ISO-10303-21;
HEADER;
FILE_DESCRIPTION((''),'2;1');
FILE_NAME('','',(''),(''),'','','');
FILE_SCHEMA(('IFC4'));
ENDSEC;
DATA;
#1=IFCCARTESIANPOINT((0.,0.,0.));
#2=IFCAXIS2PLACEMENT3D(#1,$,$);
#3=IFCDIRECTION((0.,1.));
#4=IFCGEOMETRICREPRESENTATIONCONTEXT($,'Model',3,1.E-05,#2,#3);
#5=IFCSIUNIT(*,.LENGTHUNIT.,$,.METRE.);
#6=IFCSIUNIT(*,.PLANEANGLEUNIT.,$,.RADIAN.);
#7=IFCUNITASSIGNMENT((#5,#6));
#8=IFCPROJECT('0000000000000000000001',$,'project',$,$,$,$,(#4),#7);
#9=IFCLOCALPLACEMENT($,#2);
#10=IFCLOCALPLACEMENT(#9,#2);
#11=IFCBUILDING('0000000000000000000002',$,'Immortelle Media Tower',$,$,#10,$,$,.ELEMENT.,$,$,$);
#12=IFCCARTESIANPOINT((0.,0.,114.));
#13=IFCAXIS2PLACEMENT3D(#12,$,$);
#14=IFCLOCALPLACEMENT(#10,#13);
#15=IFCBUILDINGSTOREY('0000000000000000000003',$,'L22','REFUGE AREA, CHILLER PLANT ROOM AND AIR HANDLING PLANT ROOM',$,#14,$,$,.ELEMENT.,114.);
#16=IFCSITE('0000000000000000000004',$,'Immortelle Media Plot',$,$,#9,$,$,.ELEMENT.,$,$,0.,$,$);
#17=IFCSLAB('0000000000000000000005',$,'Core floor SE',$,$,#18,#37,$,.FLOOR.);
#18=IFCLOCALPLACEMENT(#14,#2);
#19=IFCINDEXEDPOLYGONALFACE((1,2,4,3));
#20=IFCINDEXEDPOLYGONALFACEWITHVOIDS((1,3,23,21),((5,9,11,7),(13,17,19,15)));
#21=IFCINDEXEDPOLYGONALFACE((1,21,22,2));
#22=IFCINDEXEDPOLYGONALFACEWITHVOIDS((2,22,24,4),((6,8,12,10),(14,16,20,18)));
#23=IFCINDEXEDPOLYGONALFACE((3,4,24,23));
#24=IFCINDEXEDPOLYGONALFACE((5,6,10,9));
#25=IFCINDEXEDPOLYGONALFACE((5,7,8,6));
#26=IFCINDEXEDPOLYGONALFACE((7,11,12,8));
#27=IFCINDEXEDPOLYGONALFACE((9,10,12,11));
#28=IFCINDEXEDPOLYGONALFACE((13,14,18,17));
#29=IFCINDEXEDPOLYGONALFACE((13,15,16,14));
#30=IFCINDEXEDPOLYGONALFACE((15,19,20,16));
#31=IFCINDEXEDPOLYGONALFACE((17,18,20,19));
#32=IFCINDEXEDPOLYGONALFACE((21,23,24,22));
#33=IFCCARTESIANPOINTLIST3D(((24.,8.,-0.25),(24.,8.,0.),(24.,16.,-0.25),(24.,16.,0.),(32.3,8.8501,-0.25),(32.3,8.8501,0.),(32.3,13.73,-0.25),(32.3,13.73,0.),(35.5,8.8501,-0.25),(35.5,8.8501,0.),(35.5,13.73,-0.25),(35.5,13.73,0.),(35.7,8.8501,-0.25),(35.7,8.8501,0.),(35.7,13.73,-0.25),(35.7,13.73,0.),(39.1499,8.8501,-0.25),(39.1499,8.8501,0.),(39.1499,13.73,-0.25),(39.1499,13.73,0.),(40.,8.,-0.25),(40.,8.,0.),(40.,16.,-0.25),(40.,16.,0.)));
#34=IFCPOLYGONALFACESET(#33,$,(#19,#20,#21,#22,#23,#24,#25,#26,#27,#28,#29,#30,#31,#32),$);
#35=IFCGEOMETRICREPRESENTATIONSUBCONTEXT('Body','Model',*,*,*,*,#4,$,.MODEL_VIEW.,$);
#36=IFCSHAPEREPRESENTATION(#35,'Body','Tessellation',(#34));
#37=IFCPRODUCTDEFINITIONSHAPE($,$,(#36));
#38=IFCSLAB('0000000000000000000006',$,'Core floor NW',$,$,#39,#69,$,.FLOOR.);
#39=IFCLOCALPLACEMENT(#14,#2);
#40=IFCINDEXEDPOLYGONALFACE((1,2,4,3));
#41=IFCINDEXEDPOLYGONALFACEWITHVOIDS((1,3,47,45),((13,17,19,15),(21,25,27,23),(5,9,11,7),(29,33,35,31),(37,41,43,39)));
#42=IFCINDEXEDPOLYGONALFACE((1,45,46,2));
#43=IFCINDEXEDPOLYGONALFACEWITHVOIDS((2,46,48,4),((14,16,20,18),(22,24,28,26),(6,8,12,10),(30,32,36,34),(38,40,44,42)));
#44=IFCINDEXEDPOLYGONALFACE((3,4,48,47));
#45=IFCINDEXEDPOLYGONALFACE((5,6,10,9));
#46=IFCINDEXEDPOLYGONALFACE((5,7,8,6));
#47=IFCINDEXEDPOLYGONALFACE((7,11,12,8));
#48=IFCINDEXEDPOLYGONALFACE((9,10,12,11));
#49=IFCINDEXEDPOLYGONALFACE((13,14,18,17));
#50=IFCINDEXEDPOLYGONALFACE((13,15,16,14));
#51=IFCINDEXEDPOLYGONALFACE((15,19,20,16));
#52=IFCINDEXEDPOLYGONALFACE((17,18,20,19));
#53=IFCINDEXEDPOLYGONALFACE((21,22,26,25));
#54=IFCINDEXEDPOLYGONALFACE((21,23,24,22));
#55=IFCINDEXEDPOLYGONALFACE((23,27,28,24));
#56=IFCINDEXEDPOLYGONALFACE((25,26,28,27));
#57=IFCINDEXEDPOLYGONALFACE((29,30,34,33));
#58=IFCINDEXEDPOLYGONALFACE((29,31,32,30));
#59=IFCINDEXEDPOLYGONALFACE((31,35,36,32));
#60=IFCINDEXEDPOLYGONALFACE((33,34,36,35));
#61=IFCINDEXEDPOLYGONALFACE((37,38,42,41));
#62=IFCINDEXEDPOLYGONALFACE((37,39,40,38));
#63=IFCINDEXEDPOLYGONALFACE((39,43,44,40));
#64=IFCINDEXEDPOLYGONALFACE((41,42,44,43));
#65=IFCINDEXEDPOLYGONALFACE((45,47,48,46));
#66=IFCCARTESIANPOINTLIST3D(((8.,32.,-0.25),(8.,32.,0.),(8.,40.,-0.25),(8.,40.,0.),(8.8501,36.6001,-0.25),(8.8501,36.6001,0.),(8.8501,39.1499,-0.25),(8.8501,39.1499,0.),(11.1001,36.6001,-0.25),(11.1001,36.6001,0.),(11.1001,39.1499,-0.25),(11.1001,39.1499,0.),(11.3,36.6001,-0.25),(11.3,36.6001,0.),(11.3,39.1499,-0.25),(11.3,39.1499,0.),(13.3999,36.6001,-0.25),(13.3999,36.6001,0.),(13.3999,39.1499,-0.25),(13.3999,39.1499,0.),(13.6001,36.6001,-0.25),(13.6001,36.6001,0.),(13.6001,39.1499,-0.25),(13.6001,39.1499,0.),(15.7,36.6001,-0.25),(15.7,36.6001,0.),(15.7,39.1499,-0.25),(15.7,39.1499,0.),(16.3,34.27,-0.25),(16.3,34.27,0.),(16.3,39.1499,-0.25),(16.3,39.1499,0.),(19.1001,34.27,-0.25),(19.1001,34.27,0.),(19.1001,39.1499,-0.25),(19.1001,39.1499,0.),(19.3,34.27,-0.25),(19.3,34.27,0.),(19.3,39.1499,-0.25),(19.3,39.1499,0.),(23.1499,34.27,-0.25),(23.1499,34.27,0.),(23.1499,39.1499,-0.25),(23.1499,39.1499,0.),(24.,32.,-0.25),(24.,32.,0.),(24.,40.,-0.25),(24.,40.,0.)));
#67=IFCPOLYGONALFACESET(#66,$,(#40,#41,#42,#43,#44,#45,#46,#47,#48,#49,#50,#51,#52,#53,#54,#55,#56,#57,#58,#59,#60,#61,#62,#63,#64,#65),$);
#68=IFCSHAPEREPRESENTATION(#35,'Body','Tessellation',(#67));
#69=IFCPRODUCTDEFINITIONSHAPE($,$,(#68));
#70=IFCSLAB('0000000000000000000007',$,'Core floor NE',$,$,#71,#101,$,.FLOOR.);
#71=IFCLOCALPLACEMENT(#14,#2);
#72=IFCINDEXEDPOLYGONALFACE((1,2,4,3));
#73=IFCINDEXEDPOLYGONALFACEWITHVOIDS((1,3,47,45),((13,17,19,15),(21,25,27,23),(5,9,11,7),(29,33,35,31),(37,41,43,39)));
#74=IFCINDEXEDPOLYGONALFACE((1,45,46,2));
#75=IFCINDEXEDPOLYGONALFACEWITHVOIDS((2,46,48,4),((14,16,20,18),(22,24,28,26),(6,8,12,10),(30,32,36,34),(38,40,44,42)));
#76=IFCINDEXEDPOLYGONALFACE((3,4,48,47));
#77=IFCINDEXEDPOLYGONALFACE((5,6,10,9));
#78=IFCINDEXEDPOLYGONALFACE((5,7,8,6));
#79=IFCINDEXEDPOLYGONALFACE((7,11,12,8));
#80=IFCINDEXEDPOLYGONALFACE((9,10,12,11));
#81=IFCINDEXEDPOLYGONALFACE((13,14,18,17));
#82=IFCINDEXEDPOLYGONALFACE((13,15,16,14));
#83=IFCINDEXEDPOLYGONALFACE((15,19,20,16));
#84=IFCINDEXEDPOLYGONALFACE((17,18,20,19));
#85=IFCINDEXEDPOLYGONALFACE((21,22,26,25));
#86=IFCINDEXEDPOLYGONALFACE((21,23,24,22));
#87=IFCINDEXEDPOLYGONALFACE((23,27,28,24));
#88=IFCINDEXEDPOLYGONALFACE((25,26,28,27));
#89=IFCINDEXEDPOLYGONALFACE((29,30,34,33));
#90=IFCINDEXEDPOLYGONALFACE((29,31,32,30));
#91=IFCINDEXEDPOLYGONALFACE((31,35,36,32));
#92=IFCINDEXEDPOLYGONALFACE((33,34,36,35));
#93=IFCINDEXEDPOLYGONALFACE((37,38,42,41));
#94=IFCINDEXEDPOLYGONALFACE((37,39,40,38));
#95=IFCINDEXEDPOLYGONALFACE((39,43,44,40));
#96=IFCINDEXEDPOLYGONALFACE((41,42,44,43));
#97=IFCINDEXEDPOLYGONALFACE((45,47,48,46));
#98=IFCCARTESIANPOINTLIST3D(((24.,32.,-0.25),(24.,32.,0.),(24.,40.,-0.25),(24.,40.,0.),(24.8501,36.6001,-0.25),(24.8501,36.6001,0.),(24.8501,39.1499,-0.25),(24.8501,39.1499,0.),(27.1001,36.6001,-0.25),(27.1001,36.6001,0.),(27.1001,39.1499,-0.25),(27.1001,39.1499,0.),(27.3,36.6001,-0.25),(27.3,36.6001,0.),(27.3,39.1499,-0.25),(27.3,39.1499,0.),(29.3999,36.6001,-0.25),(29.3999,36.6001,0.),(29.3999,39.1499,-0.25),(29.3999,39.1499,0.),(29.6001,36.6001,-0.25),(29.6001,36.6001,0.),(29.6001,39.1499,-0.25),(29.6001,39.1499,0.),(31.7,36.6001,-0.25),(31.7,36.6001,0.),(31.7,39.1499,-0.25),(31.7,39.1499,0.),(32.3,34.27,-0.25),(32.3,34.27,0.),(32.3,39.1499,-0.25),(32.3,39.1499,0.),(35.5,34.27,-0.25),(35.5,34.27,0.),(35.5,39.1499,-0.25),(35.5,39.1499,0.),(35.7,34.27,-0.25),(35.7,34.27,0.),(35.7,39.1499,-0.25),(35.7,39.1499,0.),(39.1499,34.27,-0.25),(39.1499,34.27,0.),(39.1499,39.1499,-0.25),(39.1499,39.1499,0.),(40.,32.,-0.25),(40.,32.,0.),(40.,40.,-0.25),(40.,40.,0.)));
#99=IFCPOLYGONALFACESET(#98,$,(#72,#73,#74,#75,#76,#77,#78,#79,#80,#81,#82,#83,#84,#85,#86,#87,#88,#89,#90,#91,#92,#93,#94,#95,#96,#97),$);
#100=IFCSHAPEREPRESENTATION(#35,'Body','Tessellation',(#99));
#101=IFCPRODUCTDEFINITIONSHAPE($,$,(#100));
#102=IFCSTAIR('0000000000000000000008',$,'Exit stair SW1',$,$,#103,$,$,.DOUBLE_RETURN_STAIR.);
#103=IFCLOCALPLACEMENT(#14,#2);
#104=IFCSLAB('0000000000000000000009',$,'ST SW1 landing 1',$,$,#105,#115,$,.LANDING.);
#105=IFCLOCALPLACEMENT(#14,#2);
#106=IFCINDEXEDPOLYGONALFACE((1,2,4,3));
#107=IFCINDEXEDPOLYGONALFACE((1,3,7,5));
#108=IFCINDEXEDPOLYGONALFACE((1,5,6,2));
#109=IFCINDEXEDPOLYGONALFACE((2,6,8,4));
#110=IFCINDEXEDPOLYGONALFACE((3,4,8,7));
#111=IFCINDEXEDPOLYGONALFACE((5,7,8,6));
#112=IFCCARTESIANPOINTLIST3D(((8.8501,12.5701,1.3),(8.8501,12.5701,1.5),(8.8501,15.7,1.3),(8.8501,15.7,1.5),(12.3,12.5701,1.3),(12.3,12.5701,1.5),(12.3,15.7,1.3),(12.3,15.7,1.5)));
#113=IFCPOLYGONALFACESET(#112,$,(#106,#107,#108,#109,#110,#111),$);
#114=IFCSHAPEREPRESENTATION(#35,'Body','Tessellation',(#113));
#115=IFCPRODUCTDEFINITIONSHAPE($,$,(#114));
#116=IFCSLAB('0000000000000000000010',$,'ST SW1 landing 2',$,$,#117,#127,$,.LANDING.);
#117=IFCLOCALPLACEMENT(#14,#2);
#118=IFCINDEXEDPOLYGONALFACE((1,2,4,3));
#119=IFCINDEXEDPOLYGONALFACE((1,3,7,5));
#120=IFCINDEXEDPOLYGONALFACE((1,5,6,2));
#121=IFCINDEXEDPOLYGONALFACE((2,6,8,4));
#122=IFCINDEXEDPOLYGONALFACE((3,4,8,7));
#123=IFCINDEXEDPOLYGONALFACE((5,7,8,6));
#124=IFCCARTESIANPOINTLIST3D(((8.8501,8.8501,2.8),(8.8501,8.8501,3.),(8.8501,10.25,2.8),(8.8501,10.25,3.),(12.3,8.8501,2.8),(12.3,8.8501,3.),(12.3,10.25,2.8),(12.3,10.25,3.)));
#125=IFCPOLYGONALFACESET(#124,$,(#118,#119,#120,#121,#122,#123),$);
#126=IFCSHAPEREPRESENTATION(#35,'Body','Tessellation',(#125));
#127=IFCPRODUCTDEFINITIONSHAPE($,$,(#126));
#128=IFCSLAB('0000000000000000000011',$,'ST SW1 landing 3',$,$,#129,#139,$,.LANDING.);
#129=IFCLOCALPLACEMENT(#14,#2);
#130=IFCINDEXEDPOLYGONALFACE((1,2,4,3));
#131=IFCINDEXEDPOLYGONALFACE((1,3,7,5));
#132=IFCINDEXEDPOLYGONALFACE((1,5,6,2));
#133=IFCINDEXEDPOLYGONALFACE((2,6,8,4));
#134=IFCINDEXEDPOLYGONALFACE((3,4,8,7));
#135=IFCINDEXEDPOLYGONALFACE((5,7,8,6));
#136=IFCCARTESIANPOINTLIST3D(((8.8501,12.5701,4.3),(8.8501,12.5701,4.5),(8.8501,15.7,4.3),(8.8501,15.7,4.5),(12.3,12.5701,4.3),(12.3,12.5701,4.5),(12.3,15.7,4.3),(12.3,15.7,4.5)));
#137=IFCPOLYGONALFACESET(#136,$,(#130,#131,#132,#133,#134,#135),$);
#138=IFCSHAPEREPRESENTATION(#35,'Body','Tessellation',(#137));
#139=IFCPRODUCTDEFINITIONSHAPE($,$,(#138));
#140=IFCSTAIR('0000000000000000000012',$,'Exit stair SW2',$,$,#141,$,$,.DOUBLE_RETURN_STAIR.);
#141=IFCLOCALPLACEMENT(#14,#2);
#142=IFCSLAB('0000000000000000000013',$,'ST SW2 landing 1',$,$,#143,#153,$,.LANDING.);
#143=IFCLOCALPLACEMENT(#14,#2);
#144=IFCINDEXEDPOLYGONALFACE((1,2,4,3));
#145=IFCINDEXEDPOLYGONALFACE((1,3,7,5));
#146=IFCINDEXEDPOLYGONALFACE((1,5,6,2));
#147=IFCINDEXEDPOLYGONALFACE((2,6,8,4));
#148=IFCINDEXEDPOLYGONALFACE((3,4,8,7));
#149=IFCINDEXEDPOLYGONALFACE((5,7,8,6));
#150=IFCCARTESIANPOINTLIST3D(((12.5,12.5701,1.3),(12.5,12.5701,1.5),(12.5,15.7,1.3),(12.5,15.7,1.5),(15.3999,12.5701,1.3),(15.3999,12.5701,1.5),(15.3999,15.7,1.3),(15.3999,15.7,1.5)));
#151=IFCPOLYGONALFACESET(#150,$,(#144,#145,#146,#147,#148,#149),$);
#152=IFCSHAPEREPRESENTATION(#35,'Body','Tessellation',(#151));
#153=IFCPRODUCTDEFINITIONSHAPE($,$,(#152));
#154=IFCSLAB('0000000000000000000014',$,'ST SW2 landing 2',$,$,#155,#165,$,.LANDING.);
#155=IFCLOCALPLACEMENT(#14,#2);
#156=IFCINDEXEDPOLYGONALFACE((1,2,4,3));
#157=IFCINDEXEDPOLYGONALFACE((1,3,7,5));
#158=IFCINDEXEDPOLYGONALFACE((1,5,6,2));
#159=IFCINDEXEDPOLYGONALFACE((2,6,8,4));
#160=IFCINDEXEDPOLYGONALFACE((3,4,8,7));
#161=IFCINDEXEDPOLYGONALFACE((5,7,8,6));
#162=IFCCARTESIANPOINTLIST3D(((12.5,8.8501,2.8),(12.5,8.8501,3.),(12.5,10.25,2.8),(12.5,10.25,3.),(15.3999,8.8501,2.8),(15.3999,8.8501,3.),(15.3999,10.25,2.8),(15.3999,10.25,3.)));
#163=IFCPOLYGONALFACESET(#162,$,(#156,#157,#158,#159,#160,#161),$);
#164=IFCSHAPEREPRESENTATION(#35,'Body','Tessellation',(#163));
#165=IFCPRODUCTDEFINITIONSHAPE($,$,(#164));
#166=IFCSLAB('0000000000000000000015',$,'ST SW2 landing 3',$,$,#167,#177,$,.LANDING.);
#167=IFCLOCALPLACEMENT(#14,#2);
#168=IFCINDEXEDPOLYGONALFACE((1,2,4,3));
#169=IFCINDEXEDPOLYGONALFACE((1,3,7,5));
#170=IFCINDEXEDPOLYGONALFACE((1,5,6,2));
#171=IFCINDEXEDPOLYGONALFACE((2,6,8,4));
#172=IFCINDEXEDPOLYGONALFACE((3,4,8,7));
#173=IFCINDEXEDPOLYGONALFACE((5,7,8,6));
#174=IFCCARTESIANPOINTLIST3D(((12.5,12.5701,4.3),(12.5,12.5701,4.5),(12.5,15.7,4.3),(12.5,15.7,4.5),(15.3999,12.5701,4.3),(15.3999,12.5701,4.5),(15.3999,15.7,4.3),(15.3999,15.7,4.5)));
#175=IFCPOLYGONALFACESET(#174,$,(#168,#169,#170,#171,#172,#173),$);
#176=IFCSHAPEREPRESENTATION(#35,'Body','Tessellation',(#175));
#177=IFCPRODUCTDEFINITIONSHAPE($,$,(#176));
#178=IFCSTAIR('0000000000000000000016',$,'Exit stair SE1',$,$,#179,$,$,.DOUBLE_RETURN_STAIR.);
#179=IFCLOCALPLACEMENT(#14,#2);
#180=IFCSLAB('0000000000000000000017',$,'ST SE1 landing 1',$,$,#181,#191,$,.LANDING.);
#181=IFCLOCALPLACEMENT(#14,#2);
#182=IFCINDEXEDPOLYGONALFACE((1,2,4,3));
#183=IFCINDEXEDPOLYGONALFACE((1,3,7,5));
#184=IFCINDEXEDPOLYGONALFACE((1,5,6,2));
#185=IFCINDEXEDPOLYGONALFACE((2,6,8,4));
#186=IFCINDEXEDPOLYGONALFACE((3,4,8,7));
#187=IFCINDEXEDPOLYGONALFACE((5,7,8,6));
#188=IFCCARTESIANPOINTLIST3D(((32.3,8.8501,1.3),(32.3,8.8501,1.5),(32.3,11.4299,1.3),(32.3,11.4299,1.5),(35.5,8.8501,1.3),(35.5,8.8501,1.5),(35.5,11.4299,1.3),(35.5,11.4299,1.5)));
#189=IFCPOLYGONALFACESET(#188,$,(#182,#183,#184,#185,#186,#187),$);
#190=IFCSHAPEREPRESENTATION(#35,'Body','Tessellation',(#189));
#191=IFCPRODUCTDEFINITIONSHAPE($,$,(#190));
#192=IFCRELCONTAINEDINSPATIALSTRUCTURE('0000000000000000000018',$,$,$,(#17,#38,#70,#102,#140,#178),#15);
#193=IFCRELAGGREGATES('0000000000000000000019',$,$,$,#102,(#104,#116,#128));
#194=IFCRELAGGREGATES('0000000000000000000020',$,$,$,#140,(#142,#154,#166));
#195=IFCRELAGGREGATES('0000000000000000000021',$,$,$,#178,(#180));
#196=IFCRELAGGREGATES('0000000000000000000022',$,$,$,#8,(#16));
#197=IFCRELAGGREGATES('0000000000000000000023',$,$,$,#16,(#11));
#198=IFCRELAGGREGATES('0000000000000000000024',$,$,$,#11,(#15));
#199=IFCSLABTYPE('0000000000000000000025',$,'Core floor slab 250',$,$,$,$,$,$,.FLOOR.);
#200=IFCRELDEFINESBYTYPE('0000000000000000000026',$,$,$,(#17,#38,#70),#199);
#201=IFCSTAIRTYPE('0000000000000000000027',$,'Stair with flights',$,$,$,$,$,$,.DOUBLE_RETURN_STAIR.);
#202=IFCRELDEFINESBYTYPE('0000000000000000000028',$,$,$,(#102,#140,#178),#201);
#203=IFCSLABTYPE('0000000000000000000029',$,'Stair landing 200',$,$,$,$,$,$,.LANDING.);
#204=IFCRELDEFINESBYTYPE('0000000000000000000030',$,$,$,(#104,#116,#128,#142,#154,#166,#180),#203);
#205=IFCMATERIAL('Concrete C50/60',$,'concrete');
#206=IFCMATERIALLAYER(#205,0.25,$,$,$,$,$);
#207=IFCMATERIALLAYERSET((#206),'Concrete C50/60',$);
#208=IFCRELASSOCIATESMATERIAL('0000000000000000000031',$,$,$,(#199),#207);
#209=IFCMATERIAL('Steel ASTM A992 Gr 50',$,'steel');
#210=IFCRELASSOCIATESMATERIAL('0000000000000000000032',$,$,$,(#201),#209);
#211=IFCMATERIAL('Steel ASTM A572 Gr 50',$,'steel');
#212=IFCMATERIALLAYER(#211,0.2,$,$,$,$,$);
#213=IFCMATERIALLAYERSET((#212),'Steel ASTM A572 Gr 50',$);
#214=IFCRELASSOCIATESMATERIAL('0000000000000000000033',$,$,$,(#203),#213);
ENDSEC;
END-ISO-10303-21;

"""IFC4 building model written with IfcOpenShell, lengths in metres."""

from ifc_helpers import new_model, si_unit, direction, frame, origin, place, context, subcontext, project, spatial, polyline, outline, extrude, material, layer, layer_set, type_object, element, aggregate, save


model = new_model("IFC4")

# Units and contexts
model_context = context("Model", 3, precision=1e-05, world=origin(), true_north=direction((0.0, 1.0)))
body_context = subcontext(model_context, "Body", "Model", "MODEL_VIEW")
ifc_project = project(units=[si_unit("LENGTHUNIT", "METRE"), si_unit("PLANEANGLEUNIT", "RADIAN")], contexts=[model_context])

# Site, building, storey
site_placement = place(None, origin())
site = spatial("IfcSite", under=ifc_project, at=site_placement, Name="Immortelle Media Plot", CompositionType="ELEMENT", RefElevation=0.0)
building_placement = place(site_placement, origin())
building = spatial("IfcBuilding", under=site, at=building_placement, Name="Immortelle Media Tower", CompositionType="ELEMENT")
storey_placement = place(building_placement, frame((0.0, 0.0, 114.0)))
storey = spatial("IfcBuildingStorey", under=building, at=storey_placement, Name="L22", Description="REFUGE AREA, CHILLER PLANT ROOM AND AIR HANDLING PLANT ROOM", CompositionType="ELEMENT", Elevation=114.0)

# Shared definitions
ifc_material_1 = material(Name="Steel ASTM A992 Gr 50", Category="steel")

# Slabs
ifc_material_2 = material(Name="Concrete C50/60", Category="concrete")
ifc_layer_1 = layer(ifc_material_2, 0.25)
ifc_layer_set_1 = layer_set([ifc_layer_1], Name="Concrete C50/60")
slab_type_1 = type_object("IfcSlabType", Name="Core floor slab 250", PredefinedType="FLOOR", material=ifc_layer_set_1)
slab_1_placement = place(storey_placement, frame((0.0, 0.0, -0.25)))
element("IfcSlab", 1, at=slab_1_placement, inside=storey, type_object=slab_type_1, Name="Core floor SE", PredefinedType="FLOOR", context=body_context, shape_type="SweptSolid", body=[
    extrude(outline(polyline([(24.0, 8.0), (40.0, 8.0), (40.0, 16.0), (24.0, 16.0), (24.0, 8.0)]), holes=[polyline([(32.3, 8.8501), (35.5, 8.8501), (35.5, 13.73), (32.3, 13.73), (32.3, 8.8501)]), polyline([(35.7, 8.8501), (39.1499, 8.8501), (39.1499, 13.73), (35.7, 13.73), (35.7, 8.8501)])]), origin(), (0.0, 0.0, 1.0), 0.25),
])
slab_2_placement = place(storey_placement, frame((0.0, 0.0, -0.25)))
element("IfcSlab", 2, at=slab_2_placement, inside=storey, type_object=slab_type_1, Name="Core floor NW", PredefinedType="FLOOR", context=body_context, shape_type="SweptSolid", body=[
    extrude(outline(polyline([(8.0, 32.0), (24.0, 32.0), (24.0, 40.0), (8.0, 40.0), (8.0, 32.0)]), holes=[polyline([(8.8501, 36.6001), (11.1001, 36.6001), (11.1001, 39.1499), (8.8501, 39.1499), (8.8501, 36.6001)]), polyline([(11.3, 36.6001), (13.3999, 36.6001), (13.3999, 39.1499), (11.3, 39.1499), (11.3, 36.6001)]), polyline([(13.6001, 36.6001), (15.7, 36.6001), (15.7, 39.1499), (13.6001, 39.1499), (13.6001, 36.6001)]), polyline([(16.3, 34.27), (19.1001, 34.27), (19.1001, 39.1499), (16.3, 39.1499), (16.3, 34.27)]), polyline([(19.3, 34.27), (23.1499, 34.27), (23.1499, 39.1499), (19.3, 39.1499), (19.3, 34.27)])]), origin(), (0.0, 0.0, 1.0), 0.25),
])
slab_3_placement = place(storey_placement, frame((0.0, 0.0, -0.25)))
element("IfcSlab", 3, at=slab_3_placement, inside=storey, type_object=slab_type_1, Name="Core floor NE", PredefinedType="FLOOR", context=body_context, shape_type="SweptSolid", body=[
    extrude(outline(polyline([(24.0, 32.0), (40.0, 32.0), (40.0, 40.0), (24.0, 40.0), (24.0, 32.0)]), holes=[polyline([(24.8501, 36.6001), (27.1001, 36.6001), (27.1001, 39.1499), (24.8501, 39.1499), (24.8501, 36.6001)]), polyline([(27.3, 36.6001), (29.3999, 36.6001), (29.3999, 39.1499), (27.3, 39.1499), (27.3, 36.6001)]), polyline([(29.6001, 36.6001), (31.7, 36.6001), (31.7, 39.1499), (29.6001, 39.1499), (29.6001, 36.6001)]), polyline([(32.3, 34.27), (35.5, 34.27), (35.5, 39.1499), (32.3, 39.1499), (32.3, 34.27)]), polyline([(35.7, 34.27), (39.1499, 34.27), (39.1499, 39.1499), (35.7, 39.1499), (35.7, 34.27)])]), origin(), (0.0, 0.0, 1.0), 0.25),
])

# Stairs, slabs
stair_type = type_object("IfcStairType", Name="Stair with flights", PredefinedType="DOUBLE_RETURN_STAIR", material=ifc_material_1)
stair_1_placement = place(storey_placement, origin())
stair_1 = element("IfcStair", 4, at=stair_1_placement, inside=storey, type_object=stair_type, Name="Exit stair SW1", PredefinedType="DOUBLE_RETURN_STAIR")
ifc_material_3 = material(Name="Steel ASTM A572 Gr 50", Category="steel")
ifc_layer_2 = layer(ifc_material_3, 0.2)
ifc_layer_set_2 = layer_set([ifc_layer_2], Name="Steel ASTM A572 Gr 50")
slab_type_2 = type_object("IfcSlabType", Name="Stair landing 200", PredefinedType="LANDING", material=ifc_layer_set_2)
slab_4_placement = place(storey_placement, frame((0.0, 0.0, 1.3)))
slab_4 = element("IfcSlab", 5, at=slab_4_placement, type_object=slab_type_2, Name="ST SW1 landing 1", PredefinedType="LANDING", context=body_context, shape_type="SweptSolid", body=[
    extrude(outline(polyline([(8.8501, 12.5701), (12.3, 12.5701), (12.3, 15.7), (8.8501, 15.7), (8.8501, 12.5701)])), origin(), (0.0, 0.0, 1.0), 0.2),
])
slab_5_placement = place(storey_placement, frame((0.0, 0.0, 2.8)))
slab_5 = element("IfcSlab", 6, at=slab_5_placement, type_object=slab_type_2, Name="ST SW1 landing 2", PredefinedType="LANDING", context=body_context, shape_type="SweptSolid", body=[
    extrude(outline(polyline([(8.8501, 8.8501), (12.3, 8.8501), (12.3, 10.25), (8.8501, 10.25), (8.8501, 8.8501)])), origin(), (0.0, 0.0, 1.0), 0.2),
])
slab_6_placement = place(storey_placement, frame((0.0, 0.0, 4.3)))
slab_6 = element("IfcSlab", 7, at=slab_6_placement, type_object=slab_type_2, Name="ST SW1 landing 3", PredefinedType="LANDING", context=body_context, shape_type="SweptSolid", body=[
    extrude(outline(polyline([(8.8501, 12.5701), (12.3, 12.5701), (12.3, 15.7), (8.8501, 15.7), (8.8501, 12.5701)])), origin(), (0.0, 0.0, 1.0), 0.2),
])
aggregate(stair_1, [slab_4, slab_5, slab_6])
stair_2_placement = place(storey_placement, origin())
stair_2 = element("IfcStair", 8, at=stair_2_placement, inside=storey, type_object=stair_type, Name="Exit stair SW2", PredefinedType="DOUBLE_RETURN_STAIR")
slab_7_placement = place(storey_placement, frame((0.0, 0.0, 1.3)))
slab_7 = element("IfcSlab", 9, at=slab_7_placement, type_object=slab_type_2, Name="ST SW2 landing 1", PredefinedType="LANDING", context=body_context, shape_type="SweptSolid", body=[
    extrude(outline(polyline([(12.5, 12.5701), (15.3999, 12.5701), (15.3999, 15.7), (12.5, 15.7), (12.5, 12.5701)])), origin(), (0.0, 0.0, 1.0), 0.2),
])
slab_8_placement = place(storey_placement, frame((0.0, 0.0, 2.8)))
slab_8 = element("IfcSlab", 10, at=slab_8_placement, type_object=slab_type_2, Name="ST SW2 landing 2", PredefinedType="LANDING", context=body_context, shape_type="SweptSolid", body=[
    extrude(outline(polyline([(12.5, 8.8501), (15.3999, 8.8501), (15.3999, 10.25), (12.5, 10.25), (12.5, 8.8501)])), origin(), (0.0, 0.0, 1.0), 0.2),
])
slab_9_placement = place(storey_placement, frame((0.0, 0.0, 4.3)))
slab_9 = element("IfcSlab", 11, at=slab_9_placement, type_object=slab_type_2, Name="ST SW2 landing 3", PredefinedType="LANDING", context=body_context, shape_type="SweptSolid", body=[
    extrude(outline(polyline([(12.5, 12.5701), (15.3999, 12.5701), (15.3999, 15.7), (12.5, 15.7), (12.5, 12.5701)])), origin(), (0.0, 0.0, 1.0), 0.2),
])
aggregate(stair_2, [slab_7, slab_8, slab_9])
stair_3_placement = place(storey_placement, origin())
stair_3 = element("IfcStair", 12, at=stair_3_placement, inside=storey, type_object=stair_type, Name="Exit stair SE1", PredefinedType="DOUBLE_RETURN_STAIR")
slab_10_placement = place(storey_placement, frame((0.0, 0.0, 1.3)))
slab_10 = element("IfcSlab", 13, at=slab_10_placement, type_object=slab_type_2, Name="ST SE1 landing 1", PredefinedType="LANDING", context=body_context, shape_type="SweptSolid", body=[
    extrude(outline(polyline([(32.3, 8.8501), (35.5, 8.8501), (35.5, 11.4299), (32.3, 11.4299), (32.3, 8.8501)])), origin(), (0.0, 0.0, 1.0), 0.2),
])
aggregate(stair_3, [slab_10])

save(model, "model.ifc")
